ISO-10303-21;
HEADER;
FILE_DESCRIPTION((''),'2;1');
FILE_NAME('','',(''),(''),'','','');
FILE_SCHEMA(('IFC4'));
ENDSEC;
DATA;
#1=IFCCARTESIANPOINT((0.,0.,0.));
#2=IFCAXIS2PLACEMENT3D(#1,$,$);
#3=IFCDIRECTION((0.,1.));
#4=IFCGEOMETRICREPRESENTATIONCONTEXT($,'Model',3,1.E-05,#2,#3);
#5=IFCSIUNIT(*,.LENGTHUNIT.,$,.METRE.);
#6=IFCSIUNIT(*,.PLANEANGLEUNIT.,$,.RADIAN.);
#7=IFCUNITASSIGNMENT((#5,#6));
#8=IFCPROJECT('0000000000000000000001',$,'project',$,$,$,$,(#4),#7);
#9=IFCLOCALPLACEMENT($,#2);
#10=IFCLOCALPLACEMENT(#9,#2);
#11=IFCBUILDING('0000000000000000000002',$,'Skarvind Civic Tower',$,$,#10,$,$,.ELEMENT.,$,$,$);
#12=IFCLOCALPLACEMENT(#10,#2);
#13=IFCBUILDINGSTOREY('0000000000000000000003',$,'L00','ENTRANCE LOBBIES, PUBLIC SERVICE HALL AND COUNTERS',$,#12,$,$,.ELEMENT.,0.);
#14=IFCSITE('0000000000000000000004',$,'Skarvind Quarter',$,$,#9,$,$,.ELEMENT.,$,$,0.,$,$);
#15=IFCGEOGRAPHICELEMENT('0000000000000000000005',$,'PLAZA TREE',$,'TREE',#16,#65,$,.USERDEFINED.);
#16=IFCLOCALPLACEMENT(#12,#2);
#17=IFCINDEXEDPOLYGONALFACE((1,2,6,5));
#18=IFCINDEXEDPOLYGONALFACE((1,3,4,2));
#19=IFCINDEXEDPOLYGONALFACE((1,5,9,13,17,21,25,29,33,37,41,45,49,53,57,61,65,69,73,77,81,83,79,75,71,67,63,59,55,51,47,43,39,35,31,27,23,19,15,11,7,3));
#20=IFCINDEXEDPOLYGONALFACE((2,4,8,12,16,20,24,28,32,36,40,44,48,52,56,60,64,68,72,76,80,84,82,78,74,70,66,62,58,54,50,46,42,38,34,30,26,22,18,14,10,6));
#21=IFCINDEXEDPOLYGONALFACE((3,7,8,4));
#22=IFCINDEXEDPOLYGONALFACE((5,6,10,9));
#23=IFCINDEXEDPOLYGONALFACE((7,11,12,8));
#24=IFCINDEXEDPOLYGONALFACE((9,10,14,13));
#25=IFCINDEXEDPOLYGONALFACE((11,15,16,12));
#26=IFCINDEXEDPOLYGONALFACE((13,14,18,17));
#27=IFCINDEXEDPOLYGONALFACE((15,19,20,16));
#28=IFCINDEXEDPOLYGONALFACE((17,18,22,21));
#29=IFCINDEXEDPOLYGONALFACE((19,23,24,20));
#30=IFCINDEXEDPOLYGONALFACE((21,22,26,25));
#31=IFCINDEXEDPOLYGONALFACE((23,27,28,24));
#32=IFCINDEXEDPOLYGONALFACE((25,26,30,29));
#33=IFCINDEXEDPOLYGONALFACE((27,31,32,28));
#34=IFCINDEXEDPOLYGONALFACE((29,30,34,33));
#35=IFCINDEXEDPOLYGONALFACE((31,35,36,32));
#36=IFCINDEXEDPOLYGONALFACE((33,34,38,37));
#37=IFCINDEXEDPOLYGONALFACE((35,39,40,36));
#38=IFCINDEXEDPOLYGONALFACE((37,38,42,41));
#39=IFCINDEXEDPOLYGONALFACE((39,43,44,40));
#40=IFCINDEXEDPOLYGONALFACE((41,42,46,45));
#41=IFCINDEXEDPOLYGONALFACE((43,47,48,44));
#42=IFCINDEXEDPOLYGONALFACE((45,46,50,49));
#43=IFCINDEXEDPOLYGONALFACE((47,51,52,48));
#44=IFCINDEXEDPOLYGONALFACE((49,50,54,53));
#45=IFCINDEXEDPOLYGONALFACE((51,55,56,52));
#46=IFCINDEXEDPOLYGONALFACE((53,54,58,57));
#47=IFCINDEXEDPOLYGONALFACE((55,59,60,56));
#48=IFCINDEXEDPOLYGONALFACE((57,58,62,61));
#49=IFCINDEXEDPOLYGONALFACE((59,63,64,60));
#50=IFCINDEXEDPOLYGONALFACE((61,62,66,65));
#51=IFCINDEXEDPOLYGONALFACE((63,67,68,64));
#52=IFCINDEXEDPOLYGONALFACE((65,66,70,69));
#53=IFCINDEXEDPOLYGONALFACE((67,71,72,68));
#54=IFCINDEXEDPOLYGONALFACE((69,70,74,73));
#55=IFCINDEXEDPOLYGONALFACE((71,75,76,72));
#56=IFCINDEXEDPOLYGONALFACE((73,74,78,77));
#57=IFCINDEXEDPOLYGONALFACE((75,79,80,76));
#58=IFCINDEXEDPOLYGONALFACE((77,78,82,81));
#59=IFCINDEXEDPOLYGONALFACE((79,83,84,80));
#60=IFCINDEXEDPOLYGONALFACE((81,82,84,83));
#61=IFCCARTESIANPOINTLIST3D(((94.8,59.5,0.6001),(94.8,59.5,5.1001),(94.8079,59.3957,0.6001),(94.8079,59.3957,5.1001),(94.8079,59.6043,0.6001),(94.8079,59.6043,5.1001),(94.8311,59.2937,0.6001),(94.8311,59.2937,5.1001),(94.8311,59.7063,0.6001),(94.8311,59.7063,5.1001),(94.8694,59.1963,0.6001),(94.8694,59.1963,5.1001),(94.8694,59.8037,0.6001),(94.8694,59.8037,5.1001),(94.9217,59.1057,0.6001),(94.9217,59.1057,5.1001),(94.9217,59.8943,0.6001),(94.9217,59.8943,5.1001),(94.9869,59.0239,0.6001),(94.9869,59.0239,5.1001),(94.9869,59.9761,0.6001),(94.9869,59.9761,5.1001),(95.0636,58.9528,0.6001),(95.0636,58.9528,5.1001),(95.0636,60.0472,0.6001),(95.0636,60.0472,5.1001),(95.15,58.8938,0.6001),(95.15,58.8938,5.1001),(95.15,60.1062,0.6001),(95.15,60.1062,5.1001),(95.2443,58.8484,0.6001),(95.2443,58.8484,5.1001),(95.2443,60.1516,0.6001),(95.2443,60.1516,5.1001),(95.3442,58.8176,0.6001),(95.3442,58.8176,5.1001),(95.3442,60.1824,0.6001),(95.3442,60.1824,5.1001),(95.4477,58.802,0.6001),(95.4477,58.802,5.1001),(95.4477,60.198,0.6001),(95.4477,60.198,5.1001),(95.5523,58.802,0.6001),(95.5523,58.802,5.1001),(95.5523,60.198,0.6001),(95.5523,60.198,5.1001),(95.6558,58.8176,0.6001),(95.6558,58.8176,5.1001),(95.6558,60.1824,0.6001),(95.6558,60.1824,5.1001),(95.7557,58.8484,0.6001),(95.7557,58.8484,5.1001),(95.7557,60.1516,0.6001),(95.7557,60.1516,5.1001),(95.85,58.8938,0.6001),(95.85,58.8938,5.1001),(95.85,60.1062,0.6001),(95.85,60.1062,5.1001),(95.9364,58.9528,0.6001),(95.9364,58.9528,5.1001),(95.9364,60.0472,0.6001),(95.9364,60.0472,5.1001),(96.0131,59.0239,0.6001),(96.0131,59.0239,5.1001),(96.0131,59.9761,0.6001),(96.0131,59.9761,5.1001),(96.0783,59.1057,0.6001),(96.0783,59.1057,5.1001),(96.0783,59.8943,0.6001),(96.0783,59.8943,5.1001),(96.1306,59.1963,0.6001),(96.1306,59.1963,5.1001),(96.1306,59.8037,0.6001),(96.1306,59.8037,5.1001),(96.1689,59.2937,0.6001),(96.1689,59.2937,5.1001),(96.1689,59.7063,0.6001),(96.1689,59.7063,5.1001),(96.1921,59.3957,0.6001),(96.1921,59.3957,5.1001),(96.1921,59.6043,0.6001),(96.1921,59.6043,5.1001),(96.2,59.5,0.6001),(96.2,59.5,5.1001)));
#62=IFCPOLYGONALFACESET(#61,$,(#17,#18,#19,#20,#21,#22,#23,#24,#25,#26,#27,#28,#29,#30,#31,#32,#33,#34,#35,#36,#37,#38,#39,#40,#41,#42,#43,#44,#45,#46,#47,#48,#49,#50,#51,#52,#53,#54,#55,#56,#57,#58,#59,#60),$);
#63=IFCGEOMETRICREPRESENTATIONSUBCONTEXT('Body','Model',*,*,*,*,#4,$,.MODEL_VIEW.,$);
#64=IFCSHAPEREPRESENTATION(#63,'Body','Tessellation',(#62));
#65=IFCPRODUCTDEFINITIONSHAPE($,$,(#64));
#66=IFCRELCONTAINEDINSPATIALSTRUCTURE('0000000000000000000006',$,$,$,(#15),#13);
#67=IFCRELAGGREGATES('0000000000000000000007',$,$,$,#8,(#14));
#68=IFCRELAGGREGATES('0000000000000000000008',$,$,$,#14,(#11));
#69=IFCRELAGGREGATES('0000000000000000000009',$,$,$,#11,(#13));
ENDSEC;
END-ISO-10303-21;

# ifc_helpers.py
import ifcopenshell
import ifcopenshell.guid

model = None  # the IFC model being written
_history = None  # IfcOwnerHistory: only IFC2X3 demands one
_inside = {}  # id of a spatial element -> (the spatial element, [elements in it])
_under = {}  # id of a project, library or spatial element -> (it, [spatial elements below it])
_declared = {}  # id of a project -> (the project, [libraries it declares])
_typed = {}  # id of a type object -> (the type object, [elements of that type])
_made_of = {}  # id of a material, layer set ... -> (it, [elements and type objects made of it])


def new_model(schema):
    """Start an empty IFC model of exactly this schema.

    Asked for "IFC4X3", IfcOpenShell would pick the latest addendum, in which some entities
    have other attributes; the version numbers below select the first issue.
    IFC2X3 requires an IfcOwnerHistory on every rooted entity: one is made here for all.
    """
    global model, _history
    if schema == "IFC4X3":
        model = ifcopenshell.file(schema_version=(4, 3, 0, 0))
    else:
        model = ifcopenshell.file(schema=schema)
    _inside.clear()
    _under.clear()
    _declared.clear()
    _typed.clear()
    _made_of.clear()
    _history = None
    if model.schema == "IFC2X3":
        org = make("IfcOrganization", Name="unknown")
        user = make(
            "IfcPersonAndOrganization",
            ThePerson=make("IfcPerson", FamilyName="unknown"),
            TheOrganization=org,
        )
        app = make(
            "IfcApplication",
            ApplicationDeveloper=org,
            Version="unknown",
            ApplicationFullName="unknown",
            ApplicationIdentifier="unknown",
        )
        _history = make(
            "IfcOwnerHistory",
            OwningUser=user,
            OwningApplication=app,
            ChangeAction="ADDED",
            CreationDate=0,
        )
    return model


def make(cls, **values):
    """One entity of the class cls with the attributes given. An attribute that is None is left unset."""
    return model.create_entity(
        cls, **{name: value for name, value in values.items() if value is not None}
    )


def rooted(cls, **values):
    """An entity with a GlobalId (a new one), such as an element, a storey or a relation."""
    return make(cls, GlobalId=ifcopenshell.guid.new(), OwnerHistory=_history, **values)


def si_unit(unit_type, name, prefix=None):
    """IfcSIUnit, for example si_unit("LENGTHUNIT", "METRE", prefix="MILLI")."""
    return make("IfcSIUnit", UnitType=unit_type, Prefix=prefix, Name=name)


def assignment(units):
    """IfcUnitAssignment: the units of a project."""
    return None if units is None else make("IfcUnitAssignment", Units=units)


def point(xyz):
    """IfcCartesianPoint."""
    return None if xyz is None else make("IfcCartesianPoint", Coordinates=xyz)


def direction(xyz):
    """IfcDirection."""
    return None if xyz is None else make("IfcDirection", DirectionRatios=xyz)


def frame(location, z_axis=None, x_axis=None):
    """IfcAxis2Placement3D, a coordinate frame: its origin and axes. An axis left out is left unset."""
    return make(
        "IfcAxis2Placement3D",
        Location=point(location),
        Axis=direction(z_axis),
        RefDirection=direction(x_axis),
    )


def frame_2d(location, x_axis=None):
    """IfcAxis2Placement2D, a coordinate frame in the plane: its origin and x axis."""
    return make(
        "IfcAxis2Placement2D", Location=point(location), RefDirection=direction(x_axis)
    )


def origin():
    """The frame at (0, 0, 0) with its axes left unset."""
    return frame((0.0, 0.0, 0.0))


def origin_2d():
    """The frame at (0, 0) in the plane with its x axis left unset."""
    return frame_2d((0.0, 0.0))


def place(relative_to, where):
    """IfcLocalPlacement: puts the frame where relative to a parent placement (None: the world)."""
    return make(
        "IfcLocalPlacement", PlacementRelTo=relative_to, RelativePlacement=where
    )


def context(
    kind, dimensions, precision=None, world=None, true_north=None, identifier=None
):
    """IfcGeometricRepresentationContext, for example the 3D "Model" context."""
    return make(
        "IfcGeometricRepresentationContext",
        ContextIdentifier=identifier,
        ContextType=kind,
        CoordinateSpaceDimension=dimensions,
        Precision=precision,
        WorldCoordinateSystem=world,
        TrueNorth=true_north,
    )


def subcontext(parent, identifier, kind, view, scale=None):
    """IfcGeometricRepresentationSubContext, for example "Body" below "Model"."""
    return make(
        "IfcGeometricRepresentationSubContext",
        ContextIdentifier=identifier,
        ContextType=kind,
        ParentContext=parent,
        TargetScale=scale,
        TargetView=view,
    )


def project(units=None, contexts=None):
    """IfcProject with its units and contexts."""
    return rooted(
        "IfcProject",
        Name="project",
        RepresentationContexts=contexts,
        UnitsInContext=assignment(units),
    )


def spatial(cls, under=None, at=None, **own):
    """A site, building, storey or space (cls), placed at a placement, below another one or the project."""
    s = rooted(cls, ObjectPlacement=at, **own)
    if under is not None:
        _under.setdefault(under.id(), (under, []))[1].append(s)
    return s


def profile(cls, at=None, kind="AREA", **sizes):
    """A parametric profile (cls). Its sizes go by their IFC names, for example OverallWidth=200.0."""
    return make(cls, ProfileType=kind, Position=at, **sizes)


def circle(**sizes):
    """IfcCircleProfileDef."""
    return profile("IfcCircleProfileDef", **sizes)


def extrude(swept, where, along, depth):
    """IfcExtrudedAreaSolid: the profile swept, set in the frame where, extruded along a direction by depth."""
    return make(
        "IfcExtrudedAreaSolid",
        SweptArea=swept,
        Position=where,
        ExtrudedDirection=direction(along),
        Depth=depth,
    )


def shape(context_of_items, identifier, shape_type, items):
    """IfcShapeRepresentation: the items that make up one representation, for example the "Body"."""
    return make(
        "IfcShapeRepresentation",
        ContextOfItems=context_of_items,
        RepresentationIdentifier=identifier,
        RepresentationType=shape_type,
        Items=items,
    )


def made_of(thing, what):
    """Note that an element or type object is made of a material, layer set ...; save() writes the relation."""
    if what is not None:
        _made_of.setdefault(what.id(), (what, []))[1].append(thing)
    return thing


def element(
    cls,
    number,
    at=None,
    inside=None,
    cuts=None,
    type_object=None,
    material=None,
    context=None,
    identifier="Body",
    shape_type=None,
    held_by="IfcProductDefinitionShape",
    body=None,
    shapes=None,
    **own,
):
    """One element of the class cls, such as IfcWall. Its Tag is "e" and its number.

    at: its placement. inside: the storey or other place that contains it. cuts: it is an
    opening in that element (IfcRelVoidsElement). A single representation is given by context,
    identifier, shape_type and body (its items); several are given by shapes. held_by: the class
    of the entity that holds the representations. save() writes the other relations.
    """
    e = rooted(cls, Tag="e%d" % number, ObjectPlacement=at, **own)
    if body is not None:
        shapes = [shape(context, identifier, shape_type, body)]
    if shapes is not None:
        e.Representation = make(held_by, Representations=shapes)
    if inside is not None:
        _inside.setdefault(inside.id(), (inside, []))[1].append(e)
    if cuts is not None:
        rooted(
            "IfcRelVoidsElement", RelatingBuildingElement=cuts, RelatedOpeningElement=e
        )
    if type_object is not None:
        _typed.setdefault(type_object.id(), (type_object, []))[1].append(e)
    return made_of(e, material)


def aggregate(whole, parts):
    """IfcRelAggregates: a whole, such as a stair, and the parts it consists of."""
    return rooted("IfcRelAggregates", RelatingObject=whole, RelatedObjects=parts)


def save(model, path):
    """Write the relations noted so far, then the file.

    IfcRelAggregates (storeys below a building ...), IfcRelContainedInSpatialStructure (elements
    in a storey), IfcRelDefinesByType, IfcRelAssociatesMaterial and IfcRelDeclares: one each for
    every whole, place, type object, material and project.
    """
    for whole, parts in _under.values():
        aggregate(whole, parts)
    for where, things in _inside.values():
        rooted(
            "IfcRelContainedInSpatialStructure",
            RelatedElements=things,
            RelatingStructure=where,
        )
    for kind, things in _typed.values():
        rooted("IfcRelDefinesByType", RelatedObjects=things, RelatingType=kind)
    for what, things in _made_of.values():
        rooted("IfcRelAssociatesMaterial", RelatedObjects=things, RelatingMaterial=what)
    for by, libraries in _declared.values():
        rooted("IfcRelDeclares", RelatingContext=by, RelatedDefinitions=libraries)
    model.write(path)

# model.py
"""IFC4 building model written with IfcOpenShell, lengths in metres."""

from ifc_helpers import new_model, si_unit, direction, frame, origin, origin_2d, place, context, subcontext, project, spatial, circle, extrude, element, save


model = new_model("IFC4")

# Units and contexts
model_context = context("Model", 3, precision=1e-05, world=origin(), true_north=direction((0.0, 1.0)))
body_context = subcontext(model_context, "Body", "Model", "MODEL_VIEW")
ifc_project = project(units=[si_unit("LENGTHUNIT", "METRE"), si_unit("PLANEANGLEUNIT", "RADIAN")], contexts=[model_context])

# Site, building, storey
site_placement = place(None, origin())
site = spatial("IfcSite", under=ifc_project, at=site_placement, Name="Skarvind Quarter", CompositionType="ELEMENT", RefElevation=0.0)
building_placement = place(site_placement, origin())
building = spatial("IfcBuilding", under=site, at=building_placement, Name="Skarvind Civic Tower", CompositionType="ELEMENT")
storey_placement = place(building_placement, origin())
storey = spatial("IfcBuildingStorey", under=building, at=storey_placement, Name="L00", Description="ENTRANCE LOBBIES, PUBLIC SERVICE HALL AND COUNTERS", CompositionType="ELEMENT", Elevation=0.0)

# Geographic element
for number, where, z_axis, x_axis, name in (
    (1, (95.5, 59.5, 0.6001), (0.0, 0.0, 1.0), (1.0, 0.0, 0.0), "PLAZA TREE"),
):
    element("IfcGeographicElement", number, at=place(storey_placement, frame(where, z_axis=z_axis, x_axis=x_axis)), inside=storey, Name=name, ObjectType="TREE", PredefinedType="USERDEFINED", context=body_context, shape_type="SweptSolid", body=[
        extrude(circle(Radius=0.7, at=origin_2d()), origin(), (0.0, 0.0, 1.0), 4.5),
    ])

save(model, "model.ifc")
